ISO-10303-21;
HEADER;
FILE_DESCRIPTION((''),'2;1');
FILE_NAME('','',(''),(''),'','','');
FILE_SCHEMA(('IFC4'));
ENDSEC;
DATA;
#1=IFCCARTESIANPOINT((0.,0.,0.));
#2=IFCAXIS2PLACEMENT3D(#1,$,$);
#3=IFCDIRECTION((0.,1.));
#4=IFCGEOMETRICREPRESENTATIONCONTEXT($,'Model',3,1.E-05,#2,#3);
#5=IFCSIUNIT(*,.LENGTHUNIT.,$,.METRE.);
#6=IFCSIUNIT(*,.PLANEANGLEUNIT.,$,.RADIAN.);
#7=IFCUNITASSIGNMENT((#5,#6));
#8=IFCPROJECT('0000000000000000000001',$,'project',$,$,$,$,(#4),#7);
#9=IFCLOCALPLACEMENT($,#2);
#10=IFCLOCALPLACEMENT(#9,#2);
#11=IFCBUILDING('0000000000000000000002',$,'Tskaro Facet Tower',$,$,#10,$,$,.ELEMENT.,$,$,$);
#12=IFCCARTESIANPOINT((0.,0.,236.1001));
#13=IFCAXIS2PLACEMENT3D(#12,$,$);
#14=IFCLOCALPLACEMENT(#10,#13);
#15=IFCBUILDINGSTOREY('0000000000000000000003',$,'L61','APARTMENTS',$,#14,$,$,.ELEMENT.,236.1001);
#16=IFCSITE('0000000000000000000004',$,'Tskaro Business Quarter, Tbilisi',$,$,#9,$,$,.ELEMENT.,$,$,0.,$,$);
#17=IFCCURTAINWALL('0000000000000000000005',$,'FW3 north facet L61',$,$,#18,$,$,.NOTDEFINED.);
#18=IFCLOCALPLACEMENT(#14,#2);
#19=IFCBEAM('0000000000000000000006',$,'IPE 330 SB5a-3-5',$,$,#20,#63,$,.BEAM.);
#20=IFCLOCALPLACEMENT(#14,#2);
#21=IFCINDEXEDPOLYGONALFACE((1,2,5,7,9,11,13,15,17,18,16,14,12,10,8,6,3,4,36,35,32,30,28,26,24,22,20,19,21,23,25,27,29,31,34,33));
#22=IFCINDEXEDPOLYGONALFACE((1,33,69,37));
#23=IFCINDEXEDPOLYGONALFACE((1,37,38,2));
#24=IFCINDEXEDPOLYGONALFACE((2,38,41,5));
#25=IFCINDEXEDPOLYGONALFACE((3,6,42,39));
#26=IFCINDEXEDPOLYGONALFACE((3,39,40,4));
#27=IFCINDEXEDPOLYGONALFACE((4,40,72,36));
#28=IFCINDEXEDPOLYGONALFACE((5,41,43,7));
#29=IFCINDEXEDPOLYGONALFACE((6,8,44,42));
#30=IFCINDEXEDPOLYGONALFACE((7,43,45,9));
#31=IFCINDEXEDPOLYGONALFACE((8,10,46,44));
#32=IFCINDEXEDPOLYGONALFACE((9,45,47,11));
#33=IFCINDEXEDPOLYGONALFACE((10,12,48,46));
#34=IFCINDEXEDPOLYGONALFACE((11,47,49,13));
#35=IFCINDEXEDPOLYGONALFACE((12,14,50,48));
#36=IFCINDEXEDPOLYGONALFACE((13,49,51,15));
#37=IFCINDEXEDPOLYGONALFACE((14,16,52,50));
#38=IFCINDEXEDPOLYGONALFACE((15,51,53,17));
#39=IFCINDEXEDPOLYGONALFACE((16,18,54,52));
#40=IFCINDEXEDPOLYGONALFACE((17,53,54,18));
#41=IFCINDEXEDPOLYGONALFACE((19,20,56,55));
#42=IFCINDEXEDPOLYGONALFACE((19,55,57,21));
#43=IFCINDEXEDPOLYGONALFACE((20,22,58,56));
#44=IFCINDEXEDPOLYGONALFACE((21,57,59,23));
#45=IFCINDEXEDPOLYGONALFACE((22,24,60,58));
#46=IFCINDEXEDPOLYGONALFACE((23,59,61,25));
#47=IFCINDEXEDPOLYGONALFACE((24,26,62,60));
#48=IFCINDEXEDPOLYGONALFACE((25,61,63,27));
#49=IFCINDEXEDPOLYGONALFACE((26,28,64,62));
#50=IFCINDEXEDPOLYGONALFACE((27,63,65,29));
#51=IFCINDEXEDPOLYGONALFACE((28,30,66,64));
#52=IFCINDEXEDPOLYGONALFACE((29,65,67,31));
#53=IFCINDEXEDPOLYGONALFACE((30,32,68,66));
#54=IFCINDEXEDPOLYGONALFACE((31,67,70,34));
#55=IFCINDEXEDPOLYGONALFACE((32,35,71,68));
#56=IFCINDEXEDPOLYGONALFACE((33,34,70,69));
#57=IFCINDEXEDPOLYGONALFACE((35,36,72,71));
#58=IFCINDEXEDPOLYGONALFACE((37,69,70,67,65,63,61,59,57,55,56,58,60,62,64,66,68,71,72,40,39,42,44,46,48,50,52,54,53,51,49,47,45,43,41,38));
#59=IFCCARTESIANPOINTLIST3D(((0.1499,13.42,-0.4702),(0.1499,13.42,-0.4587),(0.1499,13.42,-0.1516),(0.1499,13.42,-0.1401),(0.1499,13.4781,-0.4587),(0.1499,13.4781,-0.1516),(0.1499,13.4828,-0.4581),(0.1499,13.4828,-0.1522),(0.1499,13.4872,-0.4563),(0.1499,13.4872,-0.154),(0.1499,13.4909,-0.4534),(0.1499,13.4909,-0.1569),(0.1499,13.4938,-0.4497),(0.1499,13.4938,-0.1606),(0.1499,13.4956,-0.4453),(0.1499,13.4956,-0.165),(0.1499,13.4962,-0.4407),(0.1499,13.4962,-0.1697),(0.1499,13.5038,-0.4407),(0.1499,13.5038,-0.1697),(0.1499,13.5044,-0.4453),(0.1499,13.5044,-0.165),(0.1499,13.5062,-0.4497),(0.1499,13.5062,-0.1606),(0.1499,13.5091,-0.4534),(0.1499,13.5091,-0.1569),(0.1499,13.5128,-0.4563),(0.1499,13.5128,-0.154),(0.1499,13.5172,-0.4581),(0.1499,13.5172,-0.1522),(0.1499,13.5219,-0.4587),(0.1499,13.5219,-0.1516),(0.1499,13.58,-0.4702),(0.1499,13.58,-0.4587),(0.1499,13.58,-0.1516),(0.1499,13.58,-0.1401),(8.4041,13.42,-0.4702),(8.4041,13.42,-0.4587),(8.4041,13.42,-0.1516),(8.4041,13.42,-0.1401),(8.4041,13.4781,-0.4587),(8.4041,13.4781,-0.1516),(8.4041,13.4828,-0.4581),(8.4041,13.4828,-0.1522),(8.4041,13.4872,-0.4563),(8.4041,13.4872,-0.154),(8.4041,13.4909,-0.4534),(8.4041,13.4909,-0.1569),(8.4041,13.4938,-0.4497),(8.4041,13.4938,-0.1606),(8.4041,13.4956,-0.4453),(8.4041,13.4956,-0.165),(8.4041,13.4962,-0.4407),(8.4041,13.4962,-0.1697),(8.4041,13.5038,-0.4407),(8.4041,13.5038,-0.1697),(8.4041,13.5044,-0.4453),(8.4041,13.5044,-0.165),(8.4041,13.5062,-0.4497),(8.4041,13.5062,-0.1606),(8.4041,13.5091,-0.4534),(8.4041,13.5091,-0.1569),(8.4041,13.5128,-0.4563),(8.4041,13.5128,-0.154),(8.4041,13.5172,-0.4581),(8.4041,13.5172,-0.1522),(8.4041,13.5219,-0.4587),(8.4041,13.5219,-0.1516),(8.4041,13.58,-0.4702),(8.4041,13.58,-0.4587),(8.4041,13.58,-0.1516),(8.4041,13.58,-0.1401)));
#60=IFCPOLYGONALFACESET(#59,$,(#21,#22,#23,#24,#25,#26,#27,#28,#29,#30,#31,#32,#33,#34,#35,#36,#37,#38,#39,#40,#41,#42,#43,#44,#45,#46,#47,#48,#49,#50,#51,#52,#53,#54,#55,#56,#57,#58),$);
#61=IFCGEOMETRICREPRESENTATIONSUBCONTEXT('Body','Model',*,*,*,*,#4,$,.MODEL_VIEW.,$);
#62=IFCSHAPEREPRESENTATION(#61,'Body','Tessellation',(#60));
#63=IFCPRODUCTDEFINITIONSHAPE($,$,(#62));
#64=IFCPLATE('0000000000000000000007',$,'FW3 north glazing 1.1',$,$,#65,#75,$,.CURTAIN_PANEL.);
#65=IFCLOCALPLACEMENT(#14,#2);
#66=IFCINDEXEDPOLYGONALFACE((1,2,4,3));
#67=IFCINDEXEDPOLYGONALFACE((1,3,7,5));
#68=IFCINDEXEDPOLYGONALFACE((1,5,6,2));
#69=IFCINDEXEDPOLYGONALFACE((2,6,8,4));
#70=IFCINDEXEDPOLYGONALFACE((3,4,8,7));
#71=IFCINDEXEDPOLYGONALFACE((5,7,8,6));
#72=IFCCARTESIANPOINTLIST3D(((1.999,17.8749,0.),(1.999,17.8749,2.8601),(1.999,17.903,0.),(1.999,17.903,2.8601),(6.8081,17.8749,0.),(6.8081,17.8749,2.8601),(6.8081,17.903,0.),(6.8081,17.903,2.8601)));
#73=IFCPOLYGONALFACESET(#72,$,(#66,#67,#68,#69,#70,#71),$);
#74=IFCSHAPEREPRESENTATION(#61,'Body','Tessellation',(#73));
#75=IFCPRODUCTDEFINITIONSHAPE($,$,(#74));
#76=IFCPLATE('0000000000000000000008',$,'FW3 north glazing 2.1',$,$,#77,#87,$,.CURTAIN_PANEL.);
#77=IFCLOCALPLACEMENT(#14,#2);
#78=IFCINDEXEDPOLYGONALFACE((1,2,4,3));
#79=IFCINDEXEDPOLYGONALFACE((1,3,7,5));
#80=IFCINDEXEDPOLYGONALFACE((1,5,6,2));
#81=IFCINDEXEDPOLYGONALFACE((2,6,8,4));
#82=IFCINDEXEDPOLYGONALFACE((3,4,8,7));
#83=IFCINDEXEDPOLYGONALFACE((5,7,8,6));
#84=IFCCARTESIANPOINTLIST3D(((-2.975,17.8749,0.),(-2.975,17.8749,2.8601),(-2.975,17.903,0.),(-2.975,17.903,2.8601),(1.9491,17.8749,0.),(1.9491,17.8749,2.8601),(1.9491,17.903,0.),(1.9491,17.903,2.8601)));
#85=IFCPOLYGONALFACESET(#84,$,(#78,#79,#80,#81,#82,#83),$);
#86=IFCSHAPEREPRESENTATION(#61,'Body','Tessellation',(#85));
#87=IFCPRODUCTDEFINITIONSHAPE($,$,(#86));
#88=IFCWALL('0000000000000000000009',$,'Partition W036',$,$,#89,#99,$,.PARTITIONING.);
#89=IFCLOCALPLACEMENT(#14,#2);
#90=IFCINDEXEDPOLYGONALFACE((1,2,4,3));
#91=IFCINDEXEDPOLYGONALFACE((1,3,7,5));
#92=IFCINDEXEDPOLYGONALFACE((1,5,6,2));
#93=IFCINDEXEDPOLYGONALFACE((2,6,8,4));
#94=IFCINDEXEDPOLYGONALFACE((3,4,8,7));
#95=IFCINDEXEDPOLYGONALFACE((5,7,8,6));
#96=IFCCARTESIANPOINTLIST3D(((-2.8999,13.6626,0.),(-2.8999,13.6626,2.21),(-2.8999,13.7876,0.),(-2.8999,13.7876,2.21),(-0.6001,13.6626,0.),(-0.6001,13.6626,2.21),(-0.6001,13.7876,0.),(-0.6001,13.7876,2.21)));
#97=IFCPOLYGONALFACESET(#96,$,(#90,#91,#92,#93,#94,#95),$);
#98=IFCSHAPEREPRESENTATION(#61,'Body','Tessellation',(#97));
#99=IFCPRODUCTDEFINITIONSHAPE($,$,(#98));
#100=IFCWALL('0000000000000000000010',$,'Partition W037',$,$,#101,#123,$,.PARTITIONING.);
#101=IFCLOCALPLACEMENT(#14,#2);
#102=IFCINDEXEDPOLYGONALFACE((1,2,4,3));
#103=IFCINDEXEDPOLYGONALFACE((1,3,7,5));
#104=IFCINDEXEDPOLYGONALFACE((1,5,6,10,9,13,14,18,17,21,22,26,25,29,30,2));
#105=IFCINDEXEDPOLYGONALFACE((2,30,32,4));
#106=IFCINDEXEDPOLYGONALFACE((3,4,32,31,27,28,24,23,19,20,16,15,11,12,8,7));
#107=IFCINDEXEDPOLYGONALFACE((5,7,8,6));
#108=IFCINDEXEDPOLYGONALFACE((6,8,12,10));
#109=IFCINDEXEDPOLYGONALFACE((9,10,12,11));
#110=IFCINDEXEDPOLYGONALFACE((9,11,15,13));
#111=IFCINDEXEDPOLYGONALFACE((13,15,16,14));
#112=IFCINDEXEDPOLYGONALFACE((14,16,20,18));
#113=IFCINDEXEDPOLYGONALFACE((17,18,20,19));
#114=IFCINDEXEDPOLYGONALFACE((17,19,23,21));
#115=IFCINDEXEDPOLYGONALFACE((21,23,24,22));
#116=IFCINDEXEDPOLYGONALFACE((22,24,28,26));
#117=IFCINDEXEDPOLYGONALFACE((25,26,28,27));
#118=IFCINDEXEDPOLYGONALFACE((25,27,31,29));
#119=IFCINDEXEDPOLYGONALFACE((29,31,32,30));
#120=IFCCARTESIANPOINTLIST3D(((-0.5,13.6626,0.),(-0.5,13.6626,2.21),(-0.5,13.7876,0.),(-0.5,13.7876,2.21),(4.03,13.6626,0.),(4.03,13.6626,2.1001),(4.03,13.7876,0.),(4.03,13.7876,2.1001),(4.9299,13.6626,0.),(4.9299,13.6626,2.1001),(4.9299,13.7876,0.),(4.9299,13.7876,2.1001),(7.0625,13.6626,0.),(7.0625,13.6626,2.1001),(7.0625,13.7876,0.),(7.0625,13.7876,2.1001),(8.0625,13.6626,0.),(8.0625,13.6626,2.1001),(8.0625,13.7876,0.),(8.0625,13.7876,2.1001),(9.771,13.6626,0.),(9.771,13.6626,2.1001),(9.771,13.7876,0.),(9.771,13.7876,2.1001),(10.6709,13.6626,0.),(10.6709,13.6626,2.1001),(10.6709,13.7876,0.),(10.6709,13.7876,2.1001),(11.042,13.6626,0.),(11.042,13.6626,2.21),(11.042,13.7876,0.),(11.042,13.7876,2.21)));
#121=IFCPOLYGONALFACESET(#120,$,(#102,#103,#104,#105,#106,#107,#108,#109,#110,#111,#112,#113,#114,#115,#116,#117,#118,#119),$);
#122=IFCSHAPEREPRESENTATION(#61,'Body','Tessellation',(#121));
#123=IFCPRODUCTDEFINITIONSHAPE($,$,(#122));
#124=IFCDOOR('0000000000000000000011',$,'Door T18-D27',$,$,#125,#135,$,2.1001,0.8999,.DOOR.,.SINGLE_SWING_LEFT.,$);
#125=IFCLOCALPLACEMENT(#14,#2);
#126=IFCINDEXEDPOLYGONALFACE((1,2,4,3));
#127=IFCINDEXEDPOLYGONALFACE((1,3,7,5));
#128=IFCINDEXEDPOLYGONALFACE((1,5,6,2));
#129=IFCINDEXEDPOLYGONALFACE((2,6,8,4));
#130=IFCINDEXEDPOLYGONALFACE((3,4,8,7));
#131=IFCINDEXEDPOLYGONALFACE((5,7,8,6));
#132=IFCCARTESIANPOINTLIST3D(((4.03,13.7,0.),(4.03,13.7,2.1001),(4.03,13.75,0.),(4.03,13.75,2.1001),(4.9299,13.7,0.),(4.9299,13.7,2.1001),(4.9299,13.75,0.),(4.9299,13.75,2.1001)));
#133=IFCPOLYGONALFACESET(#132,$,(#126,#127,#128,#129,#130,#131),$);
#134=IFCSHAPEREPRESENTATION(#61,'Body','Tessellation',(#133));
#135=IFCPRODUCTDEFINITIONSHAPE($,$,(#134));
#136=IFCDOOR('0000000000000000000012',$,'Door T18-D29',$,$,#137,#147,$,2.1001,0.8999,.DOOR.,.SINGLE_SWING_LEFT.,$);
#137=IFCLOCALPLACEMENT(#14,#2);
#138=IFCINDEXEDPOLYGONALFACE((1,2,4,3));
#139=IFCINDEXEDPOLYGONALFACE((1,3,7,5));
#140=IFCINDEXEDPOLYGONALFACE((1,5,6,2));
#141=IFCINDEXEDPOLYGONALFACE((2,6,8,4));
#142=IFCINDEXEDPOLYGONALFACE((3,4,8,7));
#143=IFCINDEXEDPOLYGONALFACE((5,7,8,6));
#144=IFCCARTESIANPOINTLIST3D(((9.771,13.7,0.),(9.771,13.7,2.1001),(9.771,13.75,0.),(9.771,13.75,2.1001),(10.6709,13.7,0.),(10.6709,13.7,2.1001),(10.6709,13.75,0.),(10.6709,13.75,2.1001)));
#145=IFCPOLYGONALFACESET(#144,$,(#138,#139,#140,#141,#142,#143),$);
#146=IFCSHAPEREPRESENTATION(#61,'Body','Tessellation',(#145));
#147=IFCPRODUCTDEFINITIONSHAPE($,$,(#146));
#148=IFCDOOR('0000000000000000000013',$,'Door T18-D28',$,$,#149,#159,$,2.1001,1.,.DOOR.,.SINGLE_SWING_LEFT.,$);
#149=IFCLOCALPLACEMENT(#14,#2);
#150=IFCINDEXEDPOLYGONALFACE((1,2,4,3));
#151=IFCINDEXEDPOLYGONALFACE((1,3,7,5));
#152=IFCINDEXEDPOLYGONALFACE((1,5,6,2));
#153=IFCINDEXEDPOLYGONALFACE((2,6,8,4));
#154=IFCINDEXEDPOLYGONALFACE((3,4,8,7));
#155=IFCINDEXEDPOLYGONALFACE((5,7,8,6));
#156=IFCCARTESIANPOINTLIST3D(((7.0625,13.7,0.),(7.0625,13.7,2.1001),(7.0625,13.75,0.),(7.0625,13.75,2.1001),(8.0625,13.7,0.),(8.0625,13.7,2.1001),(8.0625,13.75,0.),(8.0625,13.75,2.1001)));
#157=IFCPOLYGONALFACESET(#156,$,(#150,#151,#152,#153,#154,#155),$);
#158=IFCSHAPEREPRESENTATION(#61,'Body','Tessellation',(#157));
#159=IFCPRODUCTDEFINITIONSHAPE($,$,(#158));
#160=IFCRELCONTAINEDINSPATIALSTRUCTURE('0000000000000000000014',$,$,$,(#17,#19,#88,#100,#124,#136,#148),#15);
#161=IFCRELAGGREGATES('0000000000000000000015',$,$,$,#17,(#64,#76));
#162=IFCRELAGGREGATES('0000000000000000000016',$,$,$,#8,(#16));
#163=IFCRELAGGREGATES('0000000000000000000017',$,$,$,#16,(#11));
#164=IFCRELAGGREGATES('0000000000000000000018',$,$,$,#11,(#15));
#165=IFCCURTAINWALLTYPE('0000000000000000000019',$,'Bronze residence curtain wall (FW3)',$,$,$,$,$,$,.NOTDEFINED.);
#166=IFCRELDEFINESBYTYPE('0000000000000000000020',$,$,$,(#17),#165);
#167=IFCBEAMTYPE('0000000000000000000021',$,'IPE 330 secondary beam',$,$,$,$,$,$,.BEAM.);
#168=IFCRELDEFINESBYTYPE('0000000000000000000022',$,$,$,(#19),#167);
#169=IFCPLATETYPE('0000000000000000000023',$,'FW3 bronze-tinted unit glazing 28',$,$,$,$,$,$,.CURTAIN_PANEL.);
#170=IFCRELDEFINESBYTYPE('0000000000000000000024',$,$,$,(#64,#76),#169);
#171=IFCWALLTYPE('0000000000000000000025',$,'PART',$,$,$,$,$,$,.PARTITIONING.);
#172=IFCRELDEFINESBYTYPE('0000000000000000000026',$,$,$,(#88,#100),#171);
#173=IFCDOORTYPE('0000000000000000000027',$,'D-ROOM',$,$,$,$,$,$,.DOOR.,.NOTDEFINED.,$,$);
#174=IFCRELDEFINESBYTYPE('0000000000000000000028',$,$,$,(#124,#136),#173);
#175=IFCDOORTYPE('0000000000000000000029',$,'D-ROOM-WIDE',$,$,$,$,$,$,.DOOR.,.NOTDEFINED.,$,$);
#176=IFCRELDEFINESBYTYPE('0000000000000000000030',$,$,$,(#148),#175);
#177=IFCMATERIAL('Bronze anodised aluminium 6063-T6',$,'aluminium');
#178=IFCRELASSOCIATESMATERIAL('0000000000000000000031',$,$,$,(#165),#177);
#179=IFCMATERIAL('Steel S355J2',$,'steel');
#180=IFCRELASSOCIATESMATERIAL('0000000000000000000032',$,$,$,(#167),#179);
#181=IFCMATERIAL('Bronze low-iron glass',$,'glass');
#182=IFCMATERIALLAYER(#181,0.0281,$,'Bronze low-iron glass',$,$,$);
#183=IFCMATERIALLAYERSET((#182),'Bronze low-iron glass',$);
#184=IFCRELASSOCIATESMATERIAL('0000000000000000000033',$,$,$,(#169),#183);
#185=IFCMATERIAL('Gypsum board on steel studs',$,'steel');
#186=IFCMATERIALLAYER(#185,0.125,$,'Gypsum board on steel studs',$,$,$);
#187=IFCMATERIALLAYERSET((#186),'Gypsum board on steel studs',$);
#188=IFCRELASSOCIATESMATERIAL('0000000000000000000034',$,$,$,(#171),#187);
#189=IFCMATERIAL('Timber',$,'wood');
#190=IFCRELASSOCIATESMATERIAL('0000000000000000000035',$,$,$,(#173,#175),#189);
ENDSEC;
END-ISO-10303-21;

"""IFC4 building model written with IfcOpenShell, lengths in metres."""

from ifc_helpers import new_model, si_unit, direction, frame, frame_2d, origin, origin_2d, place, context, subcontext, project, spatial, rectangle, i_section, extrude, material, layer, layer_set, material_profile, profile_set, type_object, element, fill, aggregate, save


model = new_model("IFC4")

# Units and contexts
model_context = context("Model", 3, precision=1e-05, world=origin(), true_north=direction((0.0, 1.0)))
body_context = subcontext(model_context, "Body", "Model", "MODEL_VIEW")
ifc_project = project(units=[si_unit("LENGTHUNIT", "METRE"), si_unit("PLANEANGLEUNIT", "RADIAN")], contexts=[model_context])

# Site, building, storey
site_placement = place(None, origin())
site = spatial("IfcSite", under=ifc_project, at=site_placement, Name="Tskaro Business Quarter, Tbilisi", CompositionType="ELEMENT", RefElevation=0.0)
building_placement = place(site_placement, origin())
building = spatial("IfcBuilding", under=site, at=building_placement, Name="Tskaro Facet Tower", CompositionType="ELEMENT")
storey_placement = place(building_placement, frame((0.0, 0.0, 236.1001)))
storey = spatial("IfcBuildingStorey", under=building, at=storey_placement, Name="L61", Description="APARTMENTS", CompositionType="ELEMENT", Elevation=236.1001)

# Curtain wall
ifc_material_1 = material(Name="Bronze anodised aluminium 6063-T6", Category="aluminium")
curtain_wall_type = type_object("IfcCurtainWallType", Name="Bronze residence curtain wall (FW3)", PredefinedType="NOTDEFINED", material=ifc_material_1)
curtain_wall_placement = place(storey_placement, origin())
curtain_wall = element("IfcCurtainWall", 1, at=curtain_wall_placement, inside=storey, type_object=curtain_wall_type, Name="FW3 north facet L61", PredefinedType="NOTDEFINED")

# Beam
ifc_material_2 = material(Name="Steel S355J2", Category="steel")
ifc_material_profile_1 = material_profile(ifc_material_2, i_section(OverallWidth=0.1599, OverallDepth=0.3301, WebThickness=0.0076, FlangeThickness=0.0115, FilletRadius=0.0181, at=origin_2d()), Name="IPE 330")
ifc_profile_set_1 = profile_set([ifc_material_profile_1], Name="Steel S355J2")
beam_type_1 = type_object("IfcBeamType", Name="IPE 330 secondary beam", PredefinedType="BEAM", material=ifc_profile_set_1)
beam_1_placement = place(storey_placement, frame((0.1499, 13.5, -0.3052), z_axis=(1.0, 0.0, 0.0), x_axis=(0.0, 1.0, 0.0)))
element("IfcBeam", 2, at=beam_1_placement, inside=storey, type_object=beam_type_1, Name="IPE 330 SB5a-3-5", PredefinedType="BEAM", context=body_context, shape_type="SweptSolid", body=[
    extrude(i_section(OverallWidth=0.1599, OverallDepth=0.3301, WebThickness=0.0076, FlangeThickness=0.0115, FilletRadius=0.0181, at=origin_2d()), origin(), (0.0, 0.0, 1.0), 8.2542),
])

# Plates
ifc_material_3 = material(Name="Bronze low-iron glass", Category="glass")
ifc_layer_1 = layer(ifc_material_3, 0.0281, Name="Bronze low-iron glass")
ifc_layer_set_1 = layer_set([ifc_layer_1], Name="Bronze low-iron glass")
plate_type = type_object("IfcPlateType", Name="FW3 bronze-tinted unit glazing 28", PredefinedType="CURTAIN_PANEL", material=ifc_layer_set_1)
plate_1_placement = place(storey_placement, frame((4.4036, 17.8889, 0.0), z_axis=(0.0, 0.0, 1.0), x_axis=(-1.0, 0.0, 0.0)))
plate_1 = element("IfcPlate", 3, at=plate_1_placement, type_object=plate_type, Name="FW3 north glazing 1.1", PredefinedType="CURTAIN_PANEL", context=body_context, shape_type="SweptSolid", body=[
    extrude(rectangle(XDim=4.8091, YDim=0.0281, at=origin_2d()), origin(), (0.0, 0.0, 1.0), 2.8601),
])
plate_2_placement = place(storey_placement, frame((-0.5129, 17.8889, 0.0), z_axis=(0.0, 0.0, 1.0), x_axis=(-1.0, 0.0, 0.0)))
plate_2 = element("IfcPlate", 4, at=plate_2_placement, type_object=plate_type, Name="FW3 north glazing 2.1", PredefinedType="CURTAIN_PANEL", context=body_context, shape_type="SweptSolid", body=[
    extrude(rectangle(XDim=4.9241, YDim=0.0281, at=origin_2d()), origin(), (0.0, 0.0, 1.0), 2.8601),
])
aggregate(curtain_wall, [plate_1, plate_2])

# Wall
ifc_material_4 = material(Name="Gypsum board on steel studs", Category="steel")
ifc_layer_2 = layer(ifc_material_4, 0.125, Name="Gypsum board on steel studs")
ifc_layer_set_2 = layer_set([ifc_layer_2], Name="Gypsum board on steel studs")
wall_type_1 = type_object("IfcWallType", Name="PART", PredefinedType="PARTITIONING", material=ifc_layer_set_2)
wall_1_placement = place(storey_placement, frame((-2.8999, 13.7251, 0.0), z_axis=(0.0, 0.0, 1.0), x_axis=(1.0, 0.0, 0.0)))
element("IfcWall", 5, at=wall_1_placement, inside=storey, type_object=wall_type_1, Name="Partition W036", PredefinedType="PARTITIONING", context=body_context, shape_type="SweptSolid", body=[
    extrude(rectangle(XDim=2.2998, YDim=0.125, at=frame_2d((1.1499, 0.0))), origin(), (0.0, 0.0, 1.0), 2.21),
])

# Wall, openings, doors
wall_2_placement = place(storey_placement, frame((-0.5, 13.7251, 0.0), z_axis=(0.0, 0.0, 1.0), x_axis=(1.0, 0.0, 0.0)))
wall_2 = element("IfcWall", 6, at=wall_2_placement, inside=storey, type_object=wall_type_1, Name="Partition W037", PredefinedType="PARTITIONING", context=body_context, shape_type="SweptSolid", body=[
    extrude(rectangle(XDim=11.542, YDim=0.125, at=frame_2d((5.771, 0.0))), origin(), (0.0, 0.0, 1.0), 2.21),
])
opening_1_placement = place(wall_2_placement, frame((4.53, 0.0, 0.0)))
opening_1 = element("IfcOpeningElement", 7, at=opening_1_placement, cuts=wall_2, PredefinedType="OPENING", context=body_context, shape_type="SweptSolid", body=[
    extrude(rectangle(XDim=0.8999, YDim=2.1001, at=frame_2d((0.45, 1.05))), frame((0.0, 0.0725, 0.0), z_axis=(0.0, -1.0, 0.0), x_axis=(1.0, 0.0, 0.0)), (0.0, 0.0, 1.0), 0.145),
])
opening_2_placement = place(wall_2_placement, frame((7.5625, 0.0, 0.0)))
opening_2 = element("IfcOpeningElement", 8, at=opening_2_placement, cuts=wall_2, PredefinedType="OPENING", context=body_context, shape_type="SweptSolid", body=[
    extrude(rectangle(XDim=1.0, YDim=2.1001, at=frame_2d((0.5, 1.05))), frame((0.0, 0.0725, 0.0), z_axis=(0.0, -1.0, 0.0), x_axis=(1.0, 0.0, 0.0)), (0.0, 0.0, 1.0), 0.145),
])
opening_3_placement = place(wall_2_placement, frame((10.271, 0.0, 0.0)))
opening_3 = element("IfcOpeningElement", 9, at=opening_3_placement, cuts=wall_2, PredefinedType="OPENING", context=body_context, shape_type="SweptSolid", body=[
    extrude(rectangle(XDim=0.8999, YDim=2.1001, at=frame_2d((0.45, 1.05))), frame((0.0, 0.0725, 0.0), z_axis=(0.0, -1.0, 0.0), x_axis=(1.0, 0.0, 0.0)), (0.0, 0.0, 1.0), 0.145),
])
ifc_material_5 = material(Name="Timber", Category="wood")
door_type_1 = type_object("IfcDoorType", Name="D-ROOM", OperationType="NOTDEFINED", PredefinedType="DOOR", material=ifc_material_5)
door_1_placement = place(opening_1_placement, origin())
door_1 = element("IfcDoor", 10, at=door_1_placement, inside=storey, type_object=door_type_1, Name="Door T18-D27", OperationType="SINGLE_SWING_LEFT", OverallHeight=2.1001, OverallWidth=0.8999, PredefinedType="DOOR", context=body_context, shape_type="SweptSolid", body=[
    extrude(rectangle(XDim=0.8999, YDim=2.1001, at=frame_2d((0.45, 1.05))), frame((0.0, 0.0249, 0.0), z_axis=(0.0, -1.0, 0.0), x_axis=(1.0, 0.0, 0.0)), (0.0, 0.0, 1.0), 0.05),
])
fill(opening_1, door_1)
door_2_placement = place(opening_3_placement, origin())
door_2 = element("IfcDoor", 11, at=door_2_placement, inside=storey, type_object=door_type_1, Name="Door T18-D29", OperationType="SINGLE_SWING_LEFT", OverallHeight=2.1001, OverallWidth=0.8999, PredefinedType="DOOR", context=body_context, shape_type="SweptSolid", body=[
    extrude(rectangle(XDim=0.8999, YDim=2.1001, at=frame_2d((0.45, 1.05))), frame((0.0, 0.0249, 0.0), z_axis=(0.0, -1.0, 0.0), x_axis=(1.0, 0.0, 0.0)), (0.0, 0.0, 1.0), 0.05),
])
fill(opening_3, door_2)
door_type_2 = type_object("IfcDoorType", Name="D-ROOM-WIDE", OperationType="NOTDEFINED", PredefinedType="DOOR", material=ifc_material_5)
door_3_placement = place(opening_2_placement, origin())
door_3 = element("IfcDoor", 12, at=door_3_placement, inside=storey, type_object=door_type_2, Name="Door T18-D28", OperationType="SINGLE_SWING_LEFT", OverallHeight=2.1001, OverallWidth=1.0, PredefinedType="DOOR", context=body_context, shape_type="SweptSolid", body=[
    extrude(rectangle(XDim=1.0, YDim=2.1001, at=frame_2d((0.5, 1.05))), frame((0.0, 0.0249, 0.0), z_axis=(0.0, -1.0, 0.0), x_axis=(1.0, 0.0, 0.0)), (0.0, 0.0, 1.0), 0.05),
])
fill(opening_2, door_3)

save(model, "model.ifc")
